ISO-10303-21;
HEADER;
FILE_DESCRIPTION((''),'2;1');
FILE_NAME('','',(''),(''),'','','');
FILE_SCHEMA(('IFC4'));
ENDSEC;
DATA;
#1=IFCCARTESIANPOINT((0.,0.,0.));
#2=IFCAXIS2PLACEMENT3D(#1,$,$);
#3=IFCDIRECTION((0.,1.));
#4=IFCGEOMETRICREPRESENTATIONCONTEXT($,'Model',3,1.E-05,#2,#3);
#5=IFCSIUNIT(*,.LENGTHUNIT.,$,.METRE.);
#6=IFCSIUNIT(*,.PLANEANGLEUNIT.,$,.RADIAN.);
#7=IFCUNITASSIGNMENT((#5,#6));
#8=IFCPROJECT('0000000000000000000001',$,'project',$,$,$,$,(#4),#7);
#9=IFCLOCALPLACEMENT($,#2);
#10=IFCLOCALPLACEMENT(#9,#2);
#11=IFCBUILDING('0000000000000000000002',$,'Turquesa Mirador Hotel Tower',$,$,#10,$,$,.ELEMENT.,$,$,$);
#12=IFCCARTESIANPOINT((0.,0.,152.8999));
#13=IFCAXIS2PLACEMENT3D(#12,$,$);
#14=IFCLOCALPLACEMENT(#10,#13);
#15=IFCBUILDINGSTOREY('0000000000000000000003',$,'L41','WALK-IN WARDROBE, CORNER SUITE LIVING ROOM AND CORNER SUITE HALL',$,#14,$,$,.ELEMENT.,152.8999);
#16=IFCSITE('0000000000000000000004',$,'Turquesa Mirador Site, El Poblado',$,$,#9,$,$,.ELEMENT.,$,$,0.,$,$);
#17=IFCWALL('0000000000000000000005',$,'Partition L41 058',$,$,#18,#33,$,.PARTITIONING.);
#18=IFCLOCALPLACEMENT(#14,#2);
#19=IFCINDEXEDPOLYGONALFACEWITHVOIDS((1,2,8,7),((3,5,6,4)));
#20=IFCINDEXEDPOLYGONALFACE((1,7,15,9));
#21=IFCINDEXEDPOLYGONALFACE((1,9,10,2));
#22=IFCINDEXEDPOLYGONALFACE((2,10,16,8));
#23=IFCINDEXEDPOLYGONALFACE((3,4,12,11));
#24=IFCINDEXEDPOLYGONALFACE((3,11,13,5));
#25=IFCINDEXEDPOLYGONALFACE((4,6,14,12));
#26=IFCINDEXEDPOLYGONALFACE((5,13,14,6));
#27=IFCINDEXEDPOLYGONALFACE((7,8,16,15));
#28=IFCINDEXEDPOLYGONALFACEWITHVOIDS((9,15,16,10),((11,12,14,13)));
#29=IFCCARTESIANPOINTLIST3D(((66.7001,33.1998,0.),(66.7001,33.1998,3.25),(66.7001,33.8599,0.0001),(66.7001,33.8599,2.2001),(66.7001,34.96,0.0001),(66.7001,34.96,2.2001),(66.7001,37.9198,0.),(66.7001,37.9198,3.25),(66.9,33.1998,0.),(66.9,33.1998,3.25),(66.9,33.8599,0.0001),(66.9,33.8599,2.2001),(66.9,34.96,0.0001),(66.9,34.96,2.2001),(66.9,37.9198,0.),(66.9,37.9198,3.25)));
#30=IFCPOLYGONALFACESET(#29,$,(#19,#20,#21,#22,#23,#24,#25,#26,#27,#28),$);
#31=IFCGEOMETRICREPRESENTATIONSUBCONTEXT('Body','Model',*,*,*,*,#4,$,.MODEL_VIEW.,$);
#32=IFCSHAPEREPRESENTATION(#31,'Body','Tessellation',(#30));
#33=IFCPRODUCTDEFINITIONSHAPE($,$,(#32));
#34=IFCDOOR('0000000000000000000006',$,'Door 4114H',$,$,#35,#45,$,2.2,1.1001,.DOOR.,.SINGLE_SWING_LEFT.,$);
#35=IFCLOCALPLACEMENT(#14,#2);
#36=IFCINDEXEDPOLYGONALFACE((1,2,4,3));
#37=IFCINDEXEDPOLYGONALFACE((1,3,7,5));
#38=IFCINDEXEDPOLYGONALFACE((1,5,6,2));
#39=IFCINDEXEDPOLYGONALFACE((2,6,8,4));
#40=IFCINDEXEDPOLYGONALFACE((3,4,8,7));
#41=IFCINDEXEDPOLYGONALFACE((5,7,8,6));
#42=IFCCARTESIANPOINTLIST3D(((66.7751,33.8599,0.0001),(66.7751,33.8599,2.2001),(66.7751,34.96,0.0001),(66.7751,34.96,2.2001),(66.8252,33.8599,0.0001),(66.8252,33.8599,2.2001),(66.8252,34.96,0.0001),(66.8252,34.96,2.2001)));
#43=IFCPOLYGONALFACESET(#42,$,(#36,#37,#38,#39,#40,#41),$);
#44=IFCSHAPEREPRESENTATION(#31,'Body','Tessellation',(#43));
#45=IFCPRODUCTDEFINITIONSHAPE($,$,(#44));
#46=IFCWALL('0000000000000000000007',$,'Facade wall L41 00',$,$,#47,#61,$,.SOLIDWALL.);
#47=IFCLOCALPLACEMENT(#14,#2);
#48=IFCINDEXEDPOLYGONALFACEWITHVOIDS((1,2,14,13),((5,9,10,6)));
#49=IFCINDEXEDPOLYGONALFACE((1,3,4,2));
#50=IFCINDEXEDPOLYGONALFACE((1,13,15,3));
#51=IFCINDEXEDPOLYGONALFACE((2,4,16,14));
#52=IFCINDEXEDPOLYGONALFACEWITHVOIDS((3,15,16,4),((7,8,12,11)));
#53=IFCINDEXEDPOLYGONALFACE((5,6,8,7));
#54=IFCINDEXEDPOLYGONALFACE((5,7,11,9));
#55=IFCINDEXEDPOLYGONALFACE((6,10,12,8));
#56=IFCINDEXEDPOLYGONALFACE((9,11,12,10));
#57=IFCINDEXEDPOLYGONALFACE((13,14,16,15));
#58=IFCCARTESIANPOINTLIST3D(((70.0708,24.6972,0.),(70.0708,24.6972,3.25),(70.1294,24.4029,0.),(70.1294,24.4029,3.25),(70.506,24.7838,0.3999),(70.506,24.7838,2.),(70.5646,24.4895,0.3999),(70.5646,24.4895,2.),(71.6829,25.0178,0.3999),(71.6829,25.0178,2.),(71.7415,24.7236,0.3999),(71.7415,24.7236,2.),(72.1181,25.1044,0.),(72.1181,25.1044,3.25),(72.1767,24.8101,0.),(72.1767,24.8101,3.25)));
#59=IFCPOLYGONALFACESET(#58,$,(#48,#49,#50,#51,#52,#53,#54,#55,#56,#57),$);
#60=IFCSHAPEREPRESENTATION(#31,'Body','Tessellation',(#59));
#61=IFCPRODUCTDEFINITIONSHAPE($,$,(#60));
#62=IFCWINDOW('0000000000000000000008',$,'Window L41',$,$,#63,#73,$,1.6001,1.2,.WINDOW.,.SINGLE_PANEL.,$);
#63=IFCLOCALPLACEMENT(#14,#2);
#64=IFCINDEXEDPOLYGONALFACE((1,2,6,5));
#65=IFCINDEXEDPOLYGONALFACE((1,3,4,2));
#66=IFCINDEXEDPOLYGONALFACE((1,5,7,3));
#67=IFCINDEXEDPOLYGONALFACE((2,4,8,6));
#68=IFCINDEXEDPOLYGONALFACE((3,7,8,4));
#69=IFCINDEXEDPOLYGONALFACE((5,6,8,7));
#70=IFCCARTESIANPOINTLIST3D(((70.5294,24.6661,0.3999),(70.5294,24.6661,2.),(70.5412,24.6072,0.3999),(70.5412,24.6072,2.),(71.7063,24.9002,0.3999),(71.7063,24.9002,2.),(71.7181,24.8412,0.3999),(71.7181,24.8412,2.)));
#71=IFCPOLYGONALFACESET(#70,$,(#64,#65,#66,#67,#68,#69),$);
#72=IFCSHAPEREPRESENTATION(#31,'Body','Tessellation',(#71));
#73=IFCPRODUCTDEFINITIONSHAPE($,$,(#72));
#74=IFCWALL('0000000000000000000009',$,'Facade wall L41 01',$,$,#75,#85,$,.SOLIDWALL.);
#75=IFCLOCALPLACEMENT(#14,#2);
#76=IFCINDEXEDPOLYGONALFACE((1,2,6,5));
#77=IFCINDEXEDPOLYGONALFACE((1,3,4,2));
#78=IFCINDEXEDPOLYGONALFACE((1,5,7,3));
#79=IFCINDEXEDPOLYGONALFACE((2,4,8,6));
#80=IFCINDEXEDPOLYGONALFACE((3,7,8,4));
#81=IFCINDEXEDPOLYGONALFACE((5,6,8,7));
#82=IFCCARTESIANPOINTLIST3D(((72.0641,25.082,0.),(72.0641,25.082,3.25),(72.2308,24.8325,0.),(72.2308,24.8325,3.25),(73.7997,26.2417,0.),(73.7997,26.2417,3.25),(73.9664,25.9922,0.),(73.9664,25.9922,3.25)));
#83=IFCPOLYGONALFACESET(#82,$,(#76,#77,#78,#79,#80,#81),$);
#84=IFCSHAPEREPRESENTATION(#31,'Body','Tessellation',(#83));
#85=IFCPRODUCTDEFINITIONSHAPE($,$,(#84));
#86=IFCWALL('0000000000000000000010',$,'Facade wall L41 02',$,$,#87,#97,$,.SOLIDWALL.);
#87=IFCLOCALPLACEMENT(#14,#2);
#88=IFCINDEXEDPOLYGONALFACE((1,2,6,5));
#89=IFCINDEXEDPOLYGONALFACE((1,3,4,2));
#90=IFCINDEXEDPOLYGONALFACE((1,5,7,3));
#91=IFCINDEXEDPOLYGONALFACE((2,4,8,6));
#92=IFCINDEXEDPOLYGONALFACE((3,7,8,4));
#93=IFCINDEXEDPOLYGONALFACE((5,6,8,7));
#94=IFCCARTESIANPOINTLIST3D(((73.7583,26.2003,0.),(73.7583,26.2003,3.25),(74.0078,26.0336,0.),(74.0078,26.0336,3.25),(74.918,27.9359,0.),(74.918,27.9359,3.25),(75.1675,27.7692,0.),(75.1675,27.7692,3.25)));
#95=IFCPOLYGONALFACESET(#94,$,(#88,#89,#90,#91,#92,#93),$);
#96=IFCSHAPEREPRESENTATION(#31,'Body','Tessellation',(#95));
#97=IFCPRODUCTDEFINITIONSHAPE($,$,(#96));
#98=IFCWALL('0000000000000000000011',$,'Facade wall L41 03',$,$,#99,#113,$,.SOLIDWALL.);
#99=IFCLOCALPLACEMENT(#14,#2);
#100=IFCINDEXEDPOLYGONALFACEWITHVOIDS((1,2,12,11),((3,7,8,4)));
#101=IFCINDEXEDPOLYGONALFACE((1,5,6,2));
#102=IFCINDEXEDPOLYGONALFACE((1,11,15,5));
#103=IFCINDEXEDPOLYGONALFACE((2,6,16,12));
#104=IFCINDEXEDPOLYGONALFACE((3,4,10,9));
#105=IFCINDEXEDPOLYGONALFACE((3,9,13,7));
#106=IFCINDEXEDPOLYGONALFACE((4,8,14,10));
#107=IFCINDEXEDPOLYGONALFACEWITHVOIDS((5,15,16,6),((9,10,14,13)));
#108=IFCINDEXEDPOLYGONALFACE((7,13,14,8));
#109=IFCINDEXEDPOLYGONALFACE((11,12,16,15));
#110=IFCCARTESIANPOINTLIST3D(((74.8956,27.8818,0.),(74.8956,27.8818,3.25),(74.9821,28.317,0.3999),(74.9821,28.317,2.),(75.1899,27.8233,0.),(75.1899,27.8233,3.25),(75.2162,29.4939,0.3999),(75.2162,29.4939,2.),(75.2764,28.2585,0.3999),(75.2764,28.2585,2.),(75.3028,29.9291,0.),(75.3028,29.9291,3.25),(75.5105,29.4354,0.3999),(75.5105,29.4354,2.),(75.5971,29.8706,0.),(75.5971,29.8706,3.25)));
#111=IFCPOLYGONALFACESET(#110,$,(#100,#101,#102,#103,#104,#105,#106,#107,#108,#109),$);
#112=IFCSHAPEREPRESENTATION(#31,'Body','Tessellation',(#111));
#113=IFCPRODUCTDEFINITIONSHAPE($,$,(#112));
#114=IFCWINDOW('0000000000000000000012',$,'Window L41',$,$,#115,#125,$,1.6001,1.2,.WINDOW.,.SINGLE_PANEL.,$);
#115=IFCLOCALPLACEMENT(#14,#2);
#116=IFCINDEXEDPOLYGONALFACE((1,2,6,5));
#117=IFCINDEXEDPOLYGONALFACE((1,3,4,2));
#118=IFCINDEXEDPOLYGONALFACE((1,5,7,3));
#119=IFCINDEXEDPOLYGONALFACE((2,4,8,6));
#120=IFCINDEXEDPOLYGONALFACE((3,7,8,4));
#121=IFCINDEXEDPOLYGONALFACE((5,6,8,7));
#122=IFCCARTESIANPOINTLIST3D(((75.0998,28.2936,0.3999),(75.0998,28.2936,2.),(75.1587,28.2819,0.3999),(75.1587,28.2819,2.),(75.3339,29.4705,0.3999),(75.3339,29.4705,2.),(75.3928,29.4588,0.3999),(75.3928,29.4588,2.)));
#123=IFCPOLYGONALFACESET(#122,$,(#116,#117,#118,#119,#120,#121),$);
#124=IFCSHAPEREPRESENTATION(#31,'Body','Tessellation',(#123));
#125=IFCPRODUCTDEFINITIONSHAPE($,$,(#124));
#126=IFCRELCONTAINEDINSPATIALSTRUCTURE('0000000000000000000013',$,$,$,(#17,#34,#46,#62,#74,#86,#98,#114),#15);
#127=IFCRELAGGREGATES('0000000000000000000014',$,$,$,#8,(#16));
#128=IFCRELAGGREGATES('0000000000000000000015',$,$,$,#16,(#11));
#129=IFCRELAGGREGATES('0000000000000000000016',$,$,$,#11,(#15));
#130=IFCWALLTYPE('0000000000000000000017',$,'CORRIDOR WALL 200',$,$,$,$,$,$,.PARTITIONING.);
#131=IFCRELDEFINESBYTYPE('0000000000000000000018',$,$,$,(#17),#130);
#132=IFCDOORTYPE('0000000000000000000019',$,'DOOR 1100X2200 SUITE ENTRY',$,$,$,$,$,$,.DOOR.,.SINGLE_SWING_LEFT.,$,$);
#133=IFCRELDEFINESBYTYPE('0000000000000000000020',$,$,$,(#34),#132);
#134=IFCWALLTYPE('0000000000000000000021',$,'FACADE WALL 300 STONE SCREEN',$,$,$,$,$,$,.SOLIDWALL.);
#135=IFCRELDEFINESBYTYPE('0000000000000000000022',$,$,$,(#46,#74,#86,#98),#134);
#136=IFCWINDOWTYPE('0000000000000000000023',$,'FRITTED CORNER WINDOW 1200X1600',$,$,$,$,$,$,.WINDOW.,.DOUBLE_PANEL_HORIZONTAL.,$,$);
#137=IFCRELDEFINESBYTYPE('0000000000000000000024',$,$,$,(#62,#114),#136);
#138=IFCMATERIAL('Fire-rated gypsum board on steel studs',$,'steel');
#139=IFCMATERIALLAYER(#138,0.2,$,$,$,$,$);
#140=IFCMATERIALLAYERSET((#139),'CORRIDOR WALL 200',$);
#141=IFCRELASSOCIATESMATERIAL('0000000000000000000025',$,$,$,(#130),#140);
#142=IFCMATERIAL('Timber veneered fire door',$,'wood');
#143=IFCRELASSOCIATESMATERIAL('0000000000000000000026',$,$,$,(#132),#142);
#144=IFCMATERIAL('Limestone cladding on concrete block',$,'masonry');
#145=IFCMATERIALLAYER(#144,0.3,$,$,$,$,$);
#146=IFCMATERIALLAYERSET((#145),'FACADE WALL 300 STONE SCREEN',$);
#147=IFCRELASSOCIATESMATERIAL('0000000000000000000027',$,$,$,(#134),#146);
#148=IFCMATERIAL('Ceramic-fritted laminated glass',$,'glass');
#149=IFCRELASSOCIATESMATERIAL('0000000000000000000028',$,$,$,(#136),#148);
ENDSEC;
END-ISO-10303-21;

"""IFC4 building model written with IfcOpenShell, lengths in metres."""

from ifc_helpers import new_model, si_unit, direction, frame, frame_2d, origin, place, context, subcontext, project, spatial, rectangle, extrude, material, layer, layer_set, type_object, element, fill, save


model = new_model("IFC4")

# Units and contexts
model_context = context("Model", 3, precision=1e-05, world=origin(), true_north=direction((0.0, 1.0)))
body_context = subcontext(model_context, "Body", "Model", "MODEL_VIEW")
ifc_project = project(units=[si_unit("LENGTHUNIT", "METRE"), si_unit("PLANEANGLEUNIT", "RADIAN")], contexts=[model_context])

# Site, building, storey
site_placement = place(None, origin())
site = spatial("IfcSite", under=ifc_project, at=site_placement, Name="Turquesa Mirador Site, El Poblado", CompositionType="ELEMENT", RefElevation=0.0)
building_placement = place(site_placement, origin())
building = spatial("IfcBuilding", under=site, at=building_placement, Name="Turquesa Mirador Hotel Tower", CompositionType="ELEMENT")
storey_placement = place(building_placement, frame((0.0, 0.0, 152.8999)))
storey = spatial("IfcBuildingStorey", under=building, at=storey_placement, Name="L41", Description="WALK-IN WARDROBE, CORNER SUITE LIVING ROOM AND CORNER SUITE HALL", CompositionType="ELEMENT", Elevation=152.8999)

# Wall, opening, door
ifc_material_1 = material(Name="Fire-rated gypsum board on steel studs", Category="steel")
ifc_layer_1 = layer(ifc_material_1, 0.2)
ifc_layer_set_1 = layer_set([ifc_layer_1], Name="CORRIDOR WALL 200")
wall_type_1 = type_object("IfcWallType", Name="CORRIDOR WALL 200", PredefinedType="PARTITIONING", material=ifc_layer_set_1)
wall_1_placement = place(storey_placement, frame((66.8, 33.2, 0.0), z_axis=(0.0, 0.0, 1.0), x_axis=(0.0, 1.0, 0.0)))
wall_1 = element("IfcWall", 1, at=wall_1_placement, inside=storey, type_object=wall_type_1, Name="Partition L41 058", PredefinedType="PARTITIONING", context=body_context, shape_type="SweptSolid", body=[
    extrude(rectangle(XDim=4.72, YDim=0.2, at=frame_2d((2.3599, 0.0))), origin(), (0.0, 0.0, 1.0), 3.25),
])
opening_1_placement = place(wall_1_placement, frame((0.6599, 0.0, 0.0)))
opening_1 = element("IfcOpeningElement", 2, at=opening_1_placement, cuts=wall_1, PredefinedType="OPENING", context=body_context, shape_type="SweptSolid", body=[
    extrude(rectangle(XDim=1.1001, YDim=2.2, at=frame_2d((0.55, 1.1001))), frame((0.0, 0.1099, 0.0), z_axis=(0.0, -1.0, 0.0), x_axis=(1.0, 0.0, 0.0)), (0.0, 0.0, 1.0), 0.22),
])
ifc_material_2 = material(Name="Timber veneered fire door", Category="wood")
door_type_1 = type_object("IfcDoorType", Name="DOOR 1100X2200 SUITE ENTRY", OperationType="SINGLE_SWING_LEFT", PredefinedType="DOOR", material=ifc_material_2)
door_1_placement = place(opening_1_placement, origin())
door_1 = element("IfcDoor", 3, at=door_1_placement, inside=storey, type_object=door_type_1, Name="Door 4114H", OperationType="SINGLE_SWING_LEFT", OverallHeight=2.2, OverallWidth=1.1001, PredefinedType="DOOR", context=body_context, shape_type="SweptSolid", body=[
    extrude(rectangle(XDim=1.1001, YDim=2.2, at=frame_2d((0.55, 1.1001))), frame((0.0, 0.0249, 0.0), z_axis=(0.0, -1.0, 0.0), x_axis=(1.0, 0.0, 0.0)), (0.0, 0.0, 1.0), 0.05),
])
fill(opening_1, door_1)

# Wall, opening, window
ifc_material_3 = material(Name="Limestone cladding on concrete block", Category="masonry")
ifc_layer_2 = layer(ifc_material_3, 0.3)
ifc_layer_set_2 = layer_set([ifc_layer_2], Name="FACADE WALL 300 STONE SCREEN")
wall_type_2 = type_object("IfcWallType", Name="FACADE WALL 300 STONE SCREEN", PredefinedType="SOLIDWALL", material=ifc_layer_set_2)
wall_2_placement = place(storey_placement, frame((70.1001, 24.55, 0.0), z_axis=(0.0, 0.0, 1.0), x_axis=(0.980787, 0.195081, 0.0)))
wall_2 = element("IfcWall", 4, at=wall_2_placement, inside=storey, type_object=wall_type_2, Name="Facade wall L41 00", PredefinedType="SOLIDWALL", context=body_context, shape_type="SweptSolid", body=[
    extrude(rectangle(XDim=2.0874, YDim=0.3, at=frame_2d((1.0437, 0.0))), origin(), (0.0, 0.0, 1.0), 3.25),
])
opening_2_placement = place(wall_2_placement, frame((0.4436, 0.0, 0.3999)))
opening_2 = element("IfcOpeningElement", 5, at=opening_2_placement, cuts=wall_2, PredefinedType="OPENING", context=body_context, shape_type="SweptSolid", body=[
    extrude(rectangle(XDim=1.2, YDim=1.6001, at=frame_2d((0.6001, 0.8))), frame((0.0, 0.1599, 0.0), z_axis=(0.0, -1.0, 0.0), x_axis=(1.0, 0.0, 0.0)), (0.0, 0.0, 1.0), 0.3201),
])
ifc_material_4 = material(Name="Ceramic-fritted laminated glass", Category="glass")
window_type_1 = type_object("IfcWindowType", Name="FRITTED CORNER WINDOW 1200X1600", PartitioningType="DOUBLE_PANEL_HORIZONTAL", PredefinedType="WINDOW", material=ifc_material_4)
window_1_placement = place(opening_2_placement, origin())
window_1 = element("IfcWindow", 6, at=window_1_placement, inside=storey, type_object=window_type_1, Name="Window L41", OverallHeight=1.6001, OverallWidth=1.2, PartitioningType="SINGLE_PANEL", PredefinedType="WINDOW", context=body_context, shape_type="SweptSolid", body=[
    extrude(rectangle(XDim=1.2, YDim=1.6001, at=frame_2d((0.6001, 0.8))), frame((0.0, 0.03, 0.0), z_axis=(0.0, -1.0, 0.0), x_axis=(1.0, 0.0, 0.0)), (0.0, 0.0, 1.0), 0.0601),
])
fill(opening_2, window_1)

# Walls
for number, where, z_axis, x_axis, name in (
    (7, (72.1475, 24.9573, 0.0), (0.0, 0.0, 1.0), (0.831474, 0.555564, 0.0), "Facade wall L41 01"),
    (8, (73.8831, 26.1169, 0.0), (0.0, 0.0, 1.0), (0.555564, 0.831474, 0.0), "Facade wall L41 02"),
):
    element("IfcWall", number, at=place(storey_placement, frame(where, z_axis=z_axis, x_axis=x_axis)), inside=storey, type_object=wall_type_2, Name=name, PredefinedType="SOLIDWALL", context=body_context, shape_type="SweptSolid", body=[
        extrude(rectangle(XDim=2.0874, YDim=0.3, at=frame_2d((1.0437, 0.0))), origin(), (0.0, 0.0, 1.0), 3.25),
    ])

# Wall, opening, window
wall_3_placement = place(storey_placement, frame((75.0427, 27.8525, 0.0), z_axis=(0.0, 0.0, 1.0), x_axis=(0.195081, 0.980787, 0.0)))
wall_3 = element("IfcWall", 9, at=wall_3_placement, inside=storey, type_object=wall_type_2, Name="Facade wall L41 03", PredefinedType="SOLIDWALL", context=body_context, shape_type="SweptSolid", body=[
    extrude(rectangle(XDim=2.0874, YDim=0.3, at=frame_2d((1.0437, 0.0))), origin(), (0.0, 0.0, 1.0), 3.25),
])
opening_3_placement = place(wall_3_placement, frame((0.4436, 0.0, 0.3999)))
opening_3 = element("IfcOpeningElement", 10, at=opening_3_placement, cuts=wall_3, PredefinedType="OPENING", context=body_context, shape_type="SweptSolid", body=[
    extrude(rectangle(XDim=1.2, YDim=1.6001, at=frame_2d((0.6001, 0.8))), frame((0.0, 0.1599, 0.0), z_axis=(0.0, -1.0, 0.0), x_axis=(1.0, 0.0, 0.0)), (0.0, 0.0, 1.0), 0.3201),
])
window_2_placement = place(opening_3_placement, origin())
window_2 = element("IfcWindow", 11, at=window_2_placement, inside=storey, type_object=window_type_1, Name="Window L41", OverallHeight=1.6001, OverallWidth=1.2, PartitioningType="SINGLE_PANEL", PredefinedType="WINDOW", context=body_context, shape_type="SweptSolid", body=[
    extrude(rectangle(XDim=1.2, YDim=1.6001, at=frame_2d((0.6001, 0.8))), frame((0.0, 0.03, 0.0), z_axis=(0.0, -1.0, 0.0), x_axis=(1.0, 0.0, 0.0)), (0.0, 0.0, 1.0), 0.0601),
])
fill(opening_3, window_2)

save(model, "model.ifc")
